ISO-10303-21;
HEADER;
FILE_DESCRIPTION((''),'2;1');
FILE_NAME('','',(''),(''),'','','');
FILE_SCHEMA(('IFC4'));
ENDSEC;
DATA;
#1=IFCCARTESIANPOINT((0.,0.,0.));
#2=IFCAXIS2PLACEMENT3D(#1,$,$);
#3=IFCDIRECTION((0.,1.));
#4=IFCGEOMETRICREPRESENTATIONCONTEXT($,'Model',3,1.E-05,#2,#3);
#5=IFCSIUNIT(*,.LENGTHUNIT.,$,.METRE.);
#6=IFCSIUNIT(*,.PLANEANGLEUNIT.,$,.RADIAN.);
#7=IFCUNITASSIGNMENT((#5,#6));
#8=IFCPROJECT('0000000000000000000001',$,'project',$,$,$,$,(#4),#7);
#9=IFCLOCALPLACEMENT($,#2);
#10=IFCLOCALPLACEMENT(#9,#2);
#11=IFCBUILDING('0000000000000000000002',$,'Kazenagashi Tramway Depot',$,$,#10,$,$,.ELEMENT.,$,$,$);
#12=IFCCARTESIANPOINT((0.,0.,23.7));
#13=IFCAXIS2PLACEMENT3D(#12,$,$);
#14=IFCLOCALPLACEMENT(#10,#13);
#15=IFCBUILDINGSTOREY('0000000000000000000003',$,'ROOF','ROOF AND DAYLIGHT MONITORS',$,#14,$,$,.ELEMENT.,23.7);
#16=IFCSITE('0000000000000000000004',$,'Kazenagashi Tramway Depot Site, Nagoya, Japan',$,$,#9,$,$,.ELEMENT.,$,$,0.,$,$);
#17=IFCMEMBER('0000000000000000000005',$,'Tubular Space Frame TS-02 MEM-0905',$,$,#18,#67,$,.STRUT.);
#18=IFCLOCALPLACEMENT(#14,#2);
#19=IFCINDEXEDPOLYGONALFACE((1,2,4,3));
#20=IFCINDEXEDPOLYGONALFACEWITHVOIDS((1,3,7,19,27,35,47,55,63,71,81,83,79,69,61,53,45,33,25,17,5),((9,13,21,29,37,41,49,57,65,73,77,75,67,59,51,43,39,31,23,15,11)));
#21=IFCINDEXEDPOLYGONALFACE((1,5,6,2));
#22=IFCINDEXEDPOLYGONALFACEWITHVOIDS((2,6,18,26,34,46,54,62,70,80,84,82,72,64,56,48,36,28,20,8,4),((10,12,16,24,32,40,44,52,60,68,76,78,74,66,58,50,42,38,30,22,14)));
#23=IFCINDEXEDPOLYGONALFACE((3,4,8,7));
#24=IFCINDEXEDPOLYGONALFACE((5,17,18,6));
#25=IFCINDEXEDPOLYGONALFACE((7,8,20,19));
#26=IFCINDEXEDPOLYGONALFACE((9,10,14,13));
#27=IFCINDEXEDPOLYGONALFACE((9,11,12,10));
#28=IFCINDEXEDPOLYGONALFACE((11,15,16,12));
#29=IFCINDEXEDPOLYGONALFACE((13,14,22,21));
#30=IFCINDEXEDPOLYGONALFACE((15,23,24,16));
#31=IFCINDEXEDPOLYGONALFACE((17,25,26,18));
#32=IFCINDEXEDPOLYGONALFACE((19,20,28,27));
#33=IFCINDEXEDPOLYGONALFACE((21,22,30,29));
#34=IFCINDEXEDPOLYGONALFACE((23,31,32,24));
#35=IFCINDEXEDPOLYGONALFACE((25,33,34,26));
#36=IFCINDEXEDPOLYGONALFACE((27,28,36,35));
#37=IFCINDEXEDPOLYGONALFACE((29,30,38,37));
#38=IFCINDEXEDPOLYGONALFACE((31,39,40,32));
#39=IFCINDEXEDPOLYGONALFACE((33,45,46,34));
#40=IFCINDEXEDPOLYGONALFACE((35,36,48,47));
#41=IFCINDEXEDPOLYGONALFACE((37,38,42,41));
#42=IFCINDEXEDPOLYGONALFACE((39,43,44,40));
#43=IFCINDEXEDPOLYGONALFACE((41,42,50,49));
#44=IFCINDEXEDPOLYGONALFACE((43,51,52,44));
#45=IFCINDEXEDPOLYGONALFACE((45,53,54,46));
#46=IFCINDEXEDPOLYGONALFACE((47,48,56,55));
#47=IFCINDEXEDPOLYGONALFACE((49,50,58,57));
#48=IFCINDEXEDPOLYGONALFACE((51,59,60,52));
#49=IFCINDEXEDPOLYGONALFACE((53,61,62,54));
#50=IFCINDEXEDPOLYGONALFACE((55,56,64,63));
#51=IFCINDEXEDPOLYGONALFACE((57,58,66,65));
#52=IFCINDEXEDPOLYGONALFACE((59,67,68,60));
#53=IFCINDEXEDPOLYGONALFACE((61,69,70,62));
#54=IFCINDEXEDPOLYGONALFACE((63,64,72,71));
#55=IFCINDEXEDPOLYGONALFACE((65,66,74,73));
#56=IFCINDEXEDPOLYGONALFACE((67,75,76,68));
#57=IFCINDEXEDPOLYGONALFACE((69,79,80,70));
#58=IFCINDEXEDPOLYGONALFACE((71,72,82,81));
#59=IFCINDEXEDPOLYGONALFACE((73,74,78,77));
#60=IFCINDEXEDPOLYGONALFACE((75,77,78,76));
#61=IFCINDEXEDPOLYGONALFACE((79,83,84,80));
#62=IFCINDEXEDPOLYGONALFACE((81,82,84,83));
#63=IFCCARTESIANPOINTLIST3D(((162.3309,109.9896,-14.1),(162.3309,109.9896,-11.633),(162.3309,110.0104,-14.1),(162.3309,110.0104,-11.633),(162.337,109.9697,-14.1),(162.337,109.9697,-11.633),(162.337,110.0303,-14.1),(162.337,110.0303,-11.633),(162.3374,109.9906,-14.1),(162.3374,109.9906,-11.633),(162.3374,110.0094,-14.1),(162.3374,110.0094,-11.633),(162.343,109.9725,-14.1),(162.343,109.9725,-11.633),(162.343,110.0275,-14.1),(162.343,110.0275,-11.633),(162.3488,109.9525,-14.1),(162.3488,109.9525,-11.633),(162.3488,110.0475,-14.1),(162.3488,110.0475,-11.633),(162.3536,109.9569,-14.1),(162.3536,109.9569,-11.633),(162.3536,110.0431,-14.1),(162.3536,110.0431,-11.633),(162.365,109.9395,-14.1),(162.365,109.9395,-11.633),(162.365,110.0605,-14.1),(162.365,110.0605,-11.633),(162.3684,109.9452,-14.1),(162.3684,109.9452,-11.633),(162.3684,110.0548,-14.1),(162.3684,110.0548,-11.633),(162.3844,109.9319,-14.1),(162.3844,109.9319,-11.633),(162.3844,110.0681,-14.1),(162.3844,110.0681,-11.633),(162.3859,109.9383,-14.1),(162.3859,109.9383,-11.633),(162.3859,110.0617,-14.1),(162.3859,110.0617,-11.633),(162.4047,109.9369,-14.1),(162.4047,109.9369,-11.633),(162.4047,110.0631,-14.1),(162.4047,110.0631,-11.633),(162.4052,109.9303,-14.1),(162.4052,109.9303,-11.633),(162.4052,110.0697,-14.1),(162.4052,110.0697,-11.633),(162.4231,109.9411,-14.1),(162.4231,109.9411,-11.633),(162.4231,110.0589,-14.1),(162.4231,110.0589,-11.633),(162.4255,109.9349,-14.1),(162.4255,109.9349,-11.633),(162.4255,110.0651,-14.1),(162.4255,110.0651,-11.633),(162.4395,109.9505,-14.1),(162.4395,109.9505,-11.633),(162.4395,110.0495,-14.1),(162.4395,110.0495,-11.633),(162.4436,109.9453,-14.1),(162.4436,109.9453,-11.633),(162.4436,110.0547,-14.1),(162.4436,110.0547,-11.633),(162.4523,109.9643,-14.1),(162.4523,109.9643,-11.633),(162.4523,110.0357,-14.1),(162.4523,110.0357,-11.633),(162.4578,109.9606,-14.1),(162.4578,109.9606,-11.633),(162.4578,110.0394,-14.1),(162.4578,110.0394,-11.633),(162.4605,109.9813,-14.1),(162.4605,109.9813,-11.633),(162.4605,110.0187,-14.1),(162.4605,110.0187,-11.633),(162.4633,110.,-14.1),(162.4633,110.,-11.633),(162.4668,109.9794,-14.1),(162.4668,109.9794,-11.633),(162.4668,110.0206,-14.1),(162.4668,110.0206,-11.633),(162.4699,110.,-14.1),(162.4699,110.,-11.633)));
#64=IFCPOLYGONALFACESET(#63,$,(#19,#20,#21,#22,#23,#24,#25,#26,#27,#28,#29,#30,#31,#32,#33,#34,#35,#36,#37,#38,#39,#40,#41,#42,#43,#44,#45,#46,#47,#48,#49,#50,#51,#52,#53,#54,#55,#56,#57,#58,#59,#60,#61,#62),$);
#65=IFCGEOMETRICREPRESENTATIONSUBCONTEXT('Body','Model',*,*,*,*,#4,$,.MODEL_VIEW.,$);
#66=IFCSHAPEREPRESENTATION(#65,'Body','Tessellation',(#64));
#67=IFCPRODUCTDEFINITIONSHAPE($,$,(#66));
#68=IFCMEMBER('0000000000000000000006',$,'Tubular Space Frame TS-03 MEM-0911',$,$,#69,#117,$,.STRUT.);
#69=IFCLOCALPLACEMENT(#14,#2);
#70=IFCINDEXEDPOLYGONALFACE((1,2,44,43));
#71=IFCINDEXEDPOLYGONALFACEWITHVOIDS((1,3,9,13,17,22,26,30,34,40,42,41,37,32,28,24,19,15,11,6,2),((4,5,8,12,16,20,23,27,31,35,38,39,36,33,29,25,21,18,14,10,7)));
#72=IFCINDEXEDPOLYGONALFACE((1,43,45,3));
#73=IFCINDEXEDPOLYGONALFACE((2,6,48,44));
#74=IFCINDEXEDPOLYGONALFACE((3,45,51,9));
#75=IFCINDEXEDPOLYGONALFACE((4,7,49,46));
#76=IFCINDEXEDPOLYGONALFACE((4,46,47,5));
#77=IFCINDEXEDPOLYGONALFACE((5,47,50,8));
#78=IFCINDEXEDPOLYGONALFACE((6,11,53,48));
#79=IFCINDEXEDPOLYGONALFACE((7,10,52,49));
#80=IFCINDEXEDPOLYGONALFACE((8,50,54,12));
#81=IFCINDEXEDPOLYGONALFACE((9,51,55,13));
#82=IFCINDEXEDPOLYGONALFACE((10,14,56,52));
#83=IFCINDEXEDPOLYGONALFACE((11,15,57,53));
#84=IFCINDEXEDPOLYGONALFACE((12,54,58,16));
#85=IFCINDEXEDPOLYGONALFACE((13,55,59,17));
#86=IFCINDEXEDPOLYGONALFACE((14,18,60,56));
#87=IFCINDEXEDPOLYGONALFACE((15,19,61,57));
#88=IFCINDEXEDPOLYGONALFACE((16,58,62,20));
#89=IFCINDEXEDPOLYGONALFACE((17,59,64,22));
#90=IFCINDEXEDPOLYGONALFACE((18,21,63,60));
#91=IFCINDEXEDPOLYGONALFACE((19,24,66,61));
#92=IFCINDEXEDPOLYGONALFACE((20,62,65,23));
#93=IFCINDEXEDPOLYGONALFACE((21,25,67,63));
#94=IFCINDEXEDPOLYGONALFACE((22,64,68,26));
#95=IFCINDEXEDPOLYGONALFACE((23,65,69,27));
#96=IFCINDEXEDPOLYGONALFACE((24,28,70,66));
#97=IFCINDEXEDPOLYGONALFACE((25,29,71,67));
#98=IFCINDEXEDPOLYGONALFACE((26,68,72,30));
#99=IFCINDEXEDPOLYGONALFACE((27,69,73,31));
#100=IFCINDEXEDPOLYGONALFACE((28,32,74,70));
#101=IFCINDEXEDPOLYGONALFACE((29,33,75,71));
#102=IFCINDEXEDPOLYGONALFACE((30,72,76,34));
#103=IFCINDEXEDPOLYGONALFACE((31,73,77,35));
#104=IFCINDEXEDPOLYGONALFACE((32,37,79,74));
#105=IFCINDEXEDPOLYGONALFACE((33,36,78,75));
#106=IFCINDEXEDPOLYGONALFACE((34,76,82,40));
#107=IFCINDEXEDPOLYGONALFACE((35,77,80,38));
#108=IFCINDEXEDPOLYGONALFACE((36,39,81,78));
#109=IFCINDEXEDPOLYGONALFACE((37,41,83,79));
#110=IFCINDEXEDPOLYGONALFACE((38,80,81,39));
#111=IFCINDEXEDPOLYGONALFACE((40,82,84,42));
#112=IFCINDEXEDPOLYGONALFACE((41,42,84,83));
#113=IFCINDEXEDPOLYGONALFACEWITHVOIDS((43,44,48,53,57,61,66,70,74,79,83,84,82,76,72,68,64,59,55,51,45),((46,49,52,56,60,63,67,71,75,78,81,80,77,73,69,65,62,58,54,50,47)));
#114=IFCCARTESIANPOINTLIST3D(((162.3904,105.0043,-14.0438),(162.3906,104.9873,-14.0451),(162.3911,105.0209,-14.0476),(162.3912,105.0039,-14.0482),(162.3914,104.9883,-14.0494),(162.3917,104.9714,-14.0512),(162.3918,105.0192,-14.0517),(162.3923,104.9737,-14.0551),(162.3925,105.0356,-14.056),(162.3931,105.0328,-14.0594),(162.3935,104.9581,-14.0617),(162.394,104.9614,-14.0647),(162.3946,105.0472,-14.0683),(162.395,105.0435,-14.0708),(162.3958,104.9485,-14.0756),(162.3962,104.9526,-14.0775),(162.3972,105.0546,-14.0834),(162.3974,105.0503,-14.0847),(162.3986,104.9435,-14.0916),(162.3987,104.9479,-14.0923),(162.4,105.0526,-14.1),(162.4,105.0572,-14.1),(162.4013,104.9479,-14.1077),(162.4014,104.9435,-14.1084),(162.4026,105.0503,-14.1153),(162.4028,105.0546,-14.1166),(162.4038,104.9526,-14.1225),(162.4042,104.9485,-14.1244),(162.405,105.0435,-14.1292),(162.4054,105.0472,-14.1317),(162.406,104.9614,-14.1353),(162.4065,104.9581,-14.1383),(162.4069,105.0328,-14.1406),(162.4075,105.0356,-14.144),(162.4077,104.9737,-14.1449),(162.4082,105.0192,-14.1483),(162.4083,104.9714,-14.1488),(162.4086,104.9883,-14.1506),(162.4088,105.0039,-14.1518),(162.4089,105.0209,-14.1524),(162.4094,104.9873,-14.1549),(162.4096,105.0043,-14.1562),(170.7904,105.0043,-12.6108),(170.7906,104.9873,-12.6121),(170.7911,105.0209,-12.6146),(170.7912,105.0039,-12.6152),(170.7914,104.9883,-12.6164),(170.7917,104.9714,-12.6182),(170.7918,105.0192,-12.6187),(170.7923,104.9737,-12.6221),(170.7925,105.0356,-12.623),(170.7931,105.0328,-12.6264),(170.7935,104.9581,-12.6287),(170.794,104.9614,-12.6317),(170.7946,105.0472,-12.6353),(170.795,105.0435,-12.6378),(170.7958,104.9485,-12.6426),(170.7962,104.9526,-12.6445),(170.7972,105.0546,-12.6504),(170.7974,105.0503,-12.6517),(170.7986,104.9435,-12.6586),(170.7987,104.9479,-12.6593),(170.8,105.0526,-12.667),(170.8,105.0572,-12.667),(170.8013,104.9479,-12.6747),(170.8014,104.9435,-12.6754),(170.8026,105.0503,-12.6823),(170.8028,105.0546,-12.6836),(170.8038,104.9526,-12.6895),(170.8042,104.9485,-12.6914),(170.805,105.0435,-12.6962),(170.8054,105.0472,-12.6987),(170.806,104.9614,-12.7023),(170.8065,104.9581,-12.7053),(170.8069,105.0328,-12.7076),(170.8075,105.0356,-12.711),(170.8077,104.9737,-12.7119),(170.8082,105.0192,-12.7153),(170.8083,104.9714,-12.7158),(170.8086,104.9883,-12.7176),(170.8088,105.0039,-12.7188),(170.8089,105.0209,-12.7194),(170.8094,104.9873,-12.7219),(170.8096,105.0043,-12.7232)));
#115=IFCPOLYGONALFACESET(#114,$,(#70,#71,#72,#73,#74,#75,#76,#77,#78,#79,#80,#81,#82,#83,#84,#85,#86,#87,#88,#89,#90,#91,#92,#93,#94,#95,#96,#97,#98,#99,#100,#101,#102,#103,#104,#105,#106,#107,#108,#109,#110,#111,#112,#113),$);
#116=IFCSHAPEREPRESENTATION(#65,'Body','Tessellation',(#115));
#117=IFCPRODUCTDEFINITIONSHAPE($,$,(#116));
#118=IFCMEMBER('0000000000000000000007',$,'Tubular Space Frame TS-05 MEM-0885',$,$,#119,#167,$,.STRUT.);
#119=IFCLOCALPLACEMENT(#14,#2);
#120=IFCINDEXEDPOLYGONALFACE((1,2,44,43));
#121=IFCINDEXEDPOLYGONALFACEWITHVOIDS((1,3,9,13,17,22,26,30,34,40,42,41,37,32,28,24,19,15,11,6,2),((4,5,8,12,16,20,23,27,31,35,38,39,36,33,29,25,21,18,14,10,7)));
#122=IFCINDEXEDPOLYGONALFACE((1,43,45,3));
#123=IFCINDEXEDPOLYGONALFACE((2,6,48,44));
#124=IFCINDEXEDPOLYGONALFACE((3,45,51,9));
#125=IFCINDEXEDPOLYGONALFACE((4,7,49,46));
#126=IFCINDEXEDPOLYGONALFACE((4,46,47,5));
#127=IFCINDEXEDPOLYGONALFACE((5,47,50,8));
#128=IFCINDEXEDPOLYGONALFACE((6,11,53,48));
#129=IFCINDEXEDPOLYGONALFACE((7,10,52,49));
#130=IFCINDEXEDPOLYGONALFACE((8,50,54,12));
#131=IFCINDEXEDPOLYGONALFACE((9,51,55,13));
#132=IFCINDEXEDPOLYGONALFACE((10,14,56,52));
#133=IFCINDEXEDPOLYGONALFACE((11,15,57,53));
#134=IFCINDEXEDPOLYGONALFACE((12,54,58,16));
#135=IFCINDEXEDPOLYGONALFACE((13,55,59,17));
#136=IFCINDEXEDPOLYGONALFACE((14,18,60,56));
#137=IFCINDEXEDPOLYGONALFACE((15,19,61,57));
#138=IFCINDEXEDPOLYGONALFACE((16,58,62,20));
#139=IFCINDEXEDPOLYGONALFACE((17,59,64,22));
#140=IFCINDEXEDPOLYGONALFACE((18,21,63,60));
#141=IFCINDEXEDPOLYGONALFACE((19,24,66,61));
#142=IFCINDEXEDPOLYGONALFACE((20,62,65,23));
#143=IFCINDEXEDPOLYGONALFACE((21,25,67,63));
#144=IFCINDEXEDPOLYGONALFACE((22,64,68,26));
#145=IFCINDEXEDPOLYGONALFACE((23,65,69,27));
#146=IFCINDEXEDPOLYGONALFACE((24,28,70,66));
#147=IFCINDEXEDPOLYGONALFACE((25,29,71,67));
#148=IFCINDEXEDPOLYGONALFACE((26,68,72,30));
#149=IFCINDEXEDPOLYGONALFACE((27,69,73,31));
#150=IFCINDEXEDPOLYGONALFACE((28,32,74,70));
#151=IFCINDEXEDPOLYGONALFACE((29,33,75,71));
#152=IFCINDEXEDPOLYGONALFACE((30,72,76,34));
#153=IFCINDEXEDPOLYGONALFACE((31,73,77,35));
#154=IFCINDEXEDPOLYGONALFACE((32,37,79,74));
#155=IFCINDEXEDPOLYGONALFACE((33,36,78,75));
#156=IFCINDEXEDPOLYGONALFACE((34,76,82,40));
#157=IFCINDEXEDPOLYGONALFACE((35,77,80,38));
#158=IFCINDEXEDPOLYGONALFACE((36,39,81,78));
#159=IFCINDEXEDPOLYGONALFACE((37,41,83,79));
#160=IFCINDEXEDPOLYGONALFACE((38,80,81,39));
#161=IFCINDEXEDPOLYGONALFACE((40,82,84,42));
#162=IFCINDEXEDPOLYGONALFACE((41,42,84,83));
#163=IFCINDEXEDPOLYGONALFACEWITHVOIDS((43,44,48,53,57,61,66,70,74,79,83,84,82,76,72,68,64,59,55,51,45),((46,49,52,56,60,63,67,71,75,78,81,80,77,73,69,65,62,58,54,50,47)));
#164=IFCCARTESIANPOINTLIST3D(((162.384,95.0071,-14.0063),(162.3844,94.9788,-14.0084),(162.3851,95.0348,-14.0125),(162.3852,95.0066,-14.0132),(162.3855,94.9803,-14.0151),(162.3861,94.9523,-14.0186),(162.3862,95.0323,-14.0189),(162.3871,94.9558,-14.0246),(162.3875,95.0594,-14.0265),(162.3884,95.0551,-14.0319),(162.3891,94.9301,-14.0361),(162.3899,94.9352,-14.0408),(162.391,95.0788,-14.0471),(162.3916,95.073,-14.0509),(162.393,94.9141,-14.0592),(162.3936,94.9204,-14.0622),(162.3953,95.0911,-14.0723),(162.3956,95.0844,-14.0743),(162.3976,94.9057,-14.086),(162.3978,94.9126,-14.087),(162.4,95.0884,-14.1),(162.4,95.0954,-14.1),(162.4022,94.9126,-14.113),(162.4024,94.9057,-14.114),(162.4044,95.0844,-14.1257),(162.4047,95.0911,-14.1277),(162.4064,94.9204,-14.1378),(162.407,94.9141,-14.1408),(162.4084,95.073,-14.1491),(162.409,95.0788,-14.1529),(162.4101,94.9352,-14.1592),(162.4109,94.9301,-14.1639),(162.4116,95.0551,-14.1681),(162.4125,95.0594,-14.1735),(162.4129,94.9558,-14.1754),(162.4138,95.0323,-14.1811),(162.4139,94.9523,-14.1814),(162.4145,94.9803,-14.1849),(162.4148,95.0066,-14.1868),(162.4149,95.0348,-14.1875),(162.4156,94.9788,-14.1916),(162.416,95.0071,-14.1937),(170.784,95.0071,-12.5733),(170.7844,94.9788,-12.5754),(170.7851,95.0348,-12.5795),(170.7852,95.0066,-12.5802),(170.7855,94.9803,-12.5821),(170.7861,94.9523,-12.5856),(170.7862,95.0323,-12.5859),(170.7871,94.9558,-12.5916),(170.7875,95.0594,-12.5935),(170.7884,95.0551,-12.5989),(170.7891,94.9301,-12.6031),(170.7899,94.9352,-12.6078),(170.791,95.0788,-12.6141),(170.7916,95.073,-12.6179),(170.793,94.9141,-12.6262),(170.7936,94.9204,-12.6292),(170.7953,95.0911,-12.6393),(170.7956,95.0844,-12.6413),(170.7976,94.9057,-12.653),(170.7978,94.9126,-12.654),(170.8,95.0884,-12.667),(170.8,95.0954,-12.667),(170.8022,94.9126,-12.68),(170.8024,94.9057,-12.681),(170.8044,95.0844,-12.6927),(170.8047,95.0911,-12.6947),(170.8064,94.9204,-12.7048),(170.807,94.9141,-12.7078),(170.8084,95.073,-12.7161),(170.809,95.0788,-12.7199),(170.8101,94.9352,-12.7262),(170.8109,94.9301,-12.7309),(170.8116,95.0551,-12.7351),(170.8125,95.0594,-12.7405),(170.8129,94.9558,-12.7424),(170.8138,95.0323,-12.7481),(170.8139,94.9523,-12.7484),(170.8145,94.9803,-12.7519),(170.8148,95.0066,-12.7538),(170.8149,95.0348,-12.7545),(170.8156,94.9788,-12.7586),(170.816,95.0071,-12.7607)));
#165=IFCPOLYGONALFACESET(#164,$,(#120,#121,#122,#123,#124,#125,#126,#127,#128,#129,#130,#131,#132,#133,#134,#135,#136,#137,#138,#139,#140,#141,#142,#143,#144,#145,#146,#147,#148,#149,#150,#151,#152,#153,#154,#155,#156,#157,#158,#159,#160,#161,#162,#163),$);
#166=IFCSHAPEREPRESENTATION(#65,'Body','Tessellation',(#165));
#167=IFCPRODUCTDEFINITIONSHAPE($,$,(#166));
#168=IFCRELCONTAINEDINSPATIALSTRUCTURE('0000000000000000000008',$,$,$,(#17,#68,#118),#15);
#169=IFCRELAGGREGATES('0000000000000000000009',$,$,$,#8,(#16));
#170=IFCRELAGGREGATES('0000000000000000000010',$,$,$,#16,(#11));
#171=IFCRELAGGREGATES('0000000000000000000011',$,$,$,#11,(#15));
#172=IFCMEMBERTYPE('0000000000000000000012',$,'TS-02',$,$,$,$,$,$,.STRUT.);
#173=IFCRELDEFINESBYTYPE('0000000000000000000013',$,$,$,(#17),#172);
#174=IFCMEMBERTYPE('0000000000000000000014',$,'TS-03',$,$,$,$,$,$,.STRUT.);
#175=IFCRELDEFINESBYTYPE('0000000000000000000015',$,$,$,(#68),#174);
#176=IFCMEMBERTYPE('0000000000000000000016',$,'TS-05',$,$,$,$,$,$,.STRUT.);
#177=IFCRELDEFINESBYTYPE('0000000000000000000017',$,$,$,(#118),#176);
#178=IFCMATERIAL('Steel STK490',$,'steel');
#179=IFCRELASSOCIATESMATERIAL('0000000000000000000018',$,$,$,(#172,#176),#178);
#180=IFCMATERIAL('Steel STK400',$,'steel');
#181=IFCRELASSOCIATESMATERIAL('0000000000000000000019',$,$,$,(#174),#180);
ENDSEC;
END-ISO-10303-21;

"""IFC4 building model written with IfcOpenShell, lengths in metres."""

from ifc_helpers import new_model, si_unit, direction, frame, origin, origin_2d, place, context, subcontext, project, spatial, hollow_circle, extrude, material, material_profile, profile_set, type_object, element, save


model = new_model("IFC4")

# Units and contexts
model_context = context("Model", 3, precision=1e-05, world=origin(), true_north=direction((0.0, 1.0)))
body_context = subcontext(model_context, "Body", "Model", "MODEL_VIEW")
ifc_project = project(units=[si_unit("LENGTHUNIT", "METRE"), si_unit("PLANEANGLEUNIT", "RADIAN")], contexts=[model_context])

# Site, building, storey
site_placement = place(None, origin())
site = spatial("IfcSite", under=ifc_project, at=site_placement, Name="Kazenagashi Tramway Depot Site, Nagoya, Japan", CompositionType="ELEMENT", RefElevation=0.0)
building_placement = place(site_placement, origin())
building = spatial("IfcBuilding", under=site, at=building_placement, Name="Kazenagashi Tramway Depot", CompositionType="ELEMENT")
storey_placement = place(building_placement, frame((0.0, 0.0, 23.7)))
storey = spatial("IfcBuildingStorey", under=building, at=storey_placement, Name="ROOF", Description="ROOF AND DAYLIGHT MONITORS", CompositionType="ELEMENT", Elevation=23.7)

# Members
ifc_material_1 = material(Name="Steel STK490", Category="steel")
ifc_material_profile_1 = material_profile(ifc_material_1, hollow_circle(Radius=0.0699, WallThickness=0.0066, at=origin_2d()), Name="CHS-139.8x6.6")
ifc_profile_set_1 = profile_set([ifc_material_profile_1], Name="Steel STK490")
member_type_1 = type_object("IfcMemberType", Name="TS-02", PredefinedType="STRUT", material=ifc_profile_set_1)
member_1_placement = place(storey_placement, frame((162.4, 110.0, -14.1), z_axis=(0.0, 0.0, 1.0), x_axis=(1.0, 0.0, 0.0)))
element("IfcMember", 1, at=member_1_placement, inside=storey, type_object=member_type_1, Name="Tubular Space Frame TS-02 MEM-0905", PredefinedType="STRUT", context=body_context, shape_type="SweptSolid", body=[
    extrude(hollow_circle(Radius=0.0699, WallThickness=0.0066, at=origin_2d()), origin(), (0.0, 0.0, 1.0), 2.467),
])
ifc_material_2 = material(Name="Steel STK400", Category="steel")
ifc_material_profile_2 = material_profile(ifc_material_2, hollow_circle(Radius=0.0571, WallThickness=0.0045, at=origin_2d()), Name="CHS-114.3x4.5")
ifc_profile_set_2 = profile_set([ifc_material_profile_2], Name="Steel STK400")
member_type_2 = type_object("IfcMemberType", Name="TS-03", PredefinedType="STRUT", material=ifc_profile_set_2)
member_2_placement = place(storey_placement, frame((162.4, 105.0, -14.1), z_axis=(0.985759, 0.0, 0.168166), x_axis=(0.0, 1.0, 0.0)))
element("IfcMember", 2, at=member_2_placement, inside=storey, type_object=member_type_2, Name="Tubular Space Frame TS-03 MEM-0911", PredefinedType="STRUT", context=body_context, shape_type="SweptSolid", body=[
    extrude(hollow_circle(Radius=0.0571, WallThickness=0.0045, at=origin_2d()), origin(), (0.0, 0.0, 1.0), 8.5214),
])
ifc_material_profile_3 = material_profile(ifc_material_1, hollow_circle(Radius=0.0954, WallThickness=0.007, at=origin_2d()), Name="CHS-190.7x7.0")
ifc_profile_set_3 = profile_set([ifc_material_profile_3], Name="Steel STK490")
member_type_3 = type_object("IfcMemberType", Name="TS-05", PredefinedType="STRUT", material=ifc_profile_set_3)
member_3_placement = place(storey_placement, frame((162.4, 95.0, -14.1), z_axis=(0.985759, 0.0, 0.168166), x_axis=(0.0, 1.0, 0.0)))
element("IfcMember", 3, at=member_3_placement, inside=storey, type_object=member_type_3, Name="Tubular Space Frame TS-05 MEM-0885", PredefinedType="STRUT", context=body_context, shape_type="SweptSolid", body=[
    extrude(hollow_circle(Radius=0.0954, WallThickness=0.007, at=origin_2d()), origin(), (0.0, 0.0, 1.0), 8.5214),
])

save(model, "model.ifc")
